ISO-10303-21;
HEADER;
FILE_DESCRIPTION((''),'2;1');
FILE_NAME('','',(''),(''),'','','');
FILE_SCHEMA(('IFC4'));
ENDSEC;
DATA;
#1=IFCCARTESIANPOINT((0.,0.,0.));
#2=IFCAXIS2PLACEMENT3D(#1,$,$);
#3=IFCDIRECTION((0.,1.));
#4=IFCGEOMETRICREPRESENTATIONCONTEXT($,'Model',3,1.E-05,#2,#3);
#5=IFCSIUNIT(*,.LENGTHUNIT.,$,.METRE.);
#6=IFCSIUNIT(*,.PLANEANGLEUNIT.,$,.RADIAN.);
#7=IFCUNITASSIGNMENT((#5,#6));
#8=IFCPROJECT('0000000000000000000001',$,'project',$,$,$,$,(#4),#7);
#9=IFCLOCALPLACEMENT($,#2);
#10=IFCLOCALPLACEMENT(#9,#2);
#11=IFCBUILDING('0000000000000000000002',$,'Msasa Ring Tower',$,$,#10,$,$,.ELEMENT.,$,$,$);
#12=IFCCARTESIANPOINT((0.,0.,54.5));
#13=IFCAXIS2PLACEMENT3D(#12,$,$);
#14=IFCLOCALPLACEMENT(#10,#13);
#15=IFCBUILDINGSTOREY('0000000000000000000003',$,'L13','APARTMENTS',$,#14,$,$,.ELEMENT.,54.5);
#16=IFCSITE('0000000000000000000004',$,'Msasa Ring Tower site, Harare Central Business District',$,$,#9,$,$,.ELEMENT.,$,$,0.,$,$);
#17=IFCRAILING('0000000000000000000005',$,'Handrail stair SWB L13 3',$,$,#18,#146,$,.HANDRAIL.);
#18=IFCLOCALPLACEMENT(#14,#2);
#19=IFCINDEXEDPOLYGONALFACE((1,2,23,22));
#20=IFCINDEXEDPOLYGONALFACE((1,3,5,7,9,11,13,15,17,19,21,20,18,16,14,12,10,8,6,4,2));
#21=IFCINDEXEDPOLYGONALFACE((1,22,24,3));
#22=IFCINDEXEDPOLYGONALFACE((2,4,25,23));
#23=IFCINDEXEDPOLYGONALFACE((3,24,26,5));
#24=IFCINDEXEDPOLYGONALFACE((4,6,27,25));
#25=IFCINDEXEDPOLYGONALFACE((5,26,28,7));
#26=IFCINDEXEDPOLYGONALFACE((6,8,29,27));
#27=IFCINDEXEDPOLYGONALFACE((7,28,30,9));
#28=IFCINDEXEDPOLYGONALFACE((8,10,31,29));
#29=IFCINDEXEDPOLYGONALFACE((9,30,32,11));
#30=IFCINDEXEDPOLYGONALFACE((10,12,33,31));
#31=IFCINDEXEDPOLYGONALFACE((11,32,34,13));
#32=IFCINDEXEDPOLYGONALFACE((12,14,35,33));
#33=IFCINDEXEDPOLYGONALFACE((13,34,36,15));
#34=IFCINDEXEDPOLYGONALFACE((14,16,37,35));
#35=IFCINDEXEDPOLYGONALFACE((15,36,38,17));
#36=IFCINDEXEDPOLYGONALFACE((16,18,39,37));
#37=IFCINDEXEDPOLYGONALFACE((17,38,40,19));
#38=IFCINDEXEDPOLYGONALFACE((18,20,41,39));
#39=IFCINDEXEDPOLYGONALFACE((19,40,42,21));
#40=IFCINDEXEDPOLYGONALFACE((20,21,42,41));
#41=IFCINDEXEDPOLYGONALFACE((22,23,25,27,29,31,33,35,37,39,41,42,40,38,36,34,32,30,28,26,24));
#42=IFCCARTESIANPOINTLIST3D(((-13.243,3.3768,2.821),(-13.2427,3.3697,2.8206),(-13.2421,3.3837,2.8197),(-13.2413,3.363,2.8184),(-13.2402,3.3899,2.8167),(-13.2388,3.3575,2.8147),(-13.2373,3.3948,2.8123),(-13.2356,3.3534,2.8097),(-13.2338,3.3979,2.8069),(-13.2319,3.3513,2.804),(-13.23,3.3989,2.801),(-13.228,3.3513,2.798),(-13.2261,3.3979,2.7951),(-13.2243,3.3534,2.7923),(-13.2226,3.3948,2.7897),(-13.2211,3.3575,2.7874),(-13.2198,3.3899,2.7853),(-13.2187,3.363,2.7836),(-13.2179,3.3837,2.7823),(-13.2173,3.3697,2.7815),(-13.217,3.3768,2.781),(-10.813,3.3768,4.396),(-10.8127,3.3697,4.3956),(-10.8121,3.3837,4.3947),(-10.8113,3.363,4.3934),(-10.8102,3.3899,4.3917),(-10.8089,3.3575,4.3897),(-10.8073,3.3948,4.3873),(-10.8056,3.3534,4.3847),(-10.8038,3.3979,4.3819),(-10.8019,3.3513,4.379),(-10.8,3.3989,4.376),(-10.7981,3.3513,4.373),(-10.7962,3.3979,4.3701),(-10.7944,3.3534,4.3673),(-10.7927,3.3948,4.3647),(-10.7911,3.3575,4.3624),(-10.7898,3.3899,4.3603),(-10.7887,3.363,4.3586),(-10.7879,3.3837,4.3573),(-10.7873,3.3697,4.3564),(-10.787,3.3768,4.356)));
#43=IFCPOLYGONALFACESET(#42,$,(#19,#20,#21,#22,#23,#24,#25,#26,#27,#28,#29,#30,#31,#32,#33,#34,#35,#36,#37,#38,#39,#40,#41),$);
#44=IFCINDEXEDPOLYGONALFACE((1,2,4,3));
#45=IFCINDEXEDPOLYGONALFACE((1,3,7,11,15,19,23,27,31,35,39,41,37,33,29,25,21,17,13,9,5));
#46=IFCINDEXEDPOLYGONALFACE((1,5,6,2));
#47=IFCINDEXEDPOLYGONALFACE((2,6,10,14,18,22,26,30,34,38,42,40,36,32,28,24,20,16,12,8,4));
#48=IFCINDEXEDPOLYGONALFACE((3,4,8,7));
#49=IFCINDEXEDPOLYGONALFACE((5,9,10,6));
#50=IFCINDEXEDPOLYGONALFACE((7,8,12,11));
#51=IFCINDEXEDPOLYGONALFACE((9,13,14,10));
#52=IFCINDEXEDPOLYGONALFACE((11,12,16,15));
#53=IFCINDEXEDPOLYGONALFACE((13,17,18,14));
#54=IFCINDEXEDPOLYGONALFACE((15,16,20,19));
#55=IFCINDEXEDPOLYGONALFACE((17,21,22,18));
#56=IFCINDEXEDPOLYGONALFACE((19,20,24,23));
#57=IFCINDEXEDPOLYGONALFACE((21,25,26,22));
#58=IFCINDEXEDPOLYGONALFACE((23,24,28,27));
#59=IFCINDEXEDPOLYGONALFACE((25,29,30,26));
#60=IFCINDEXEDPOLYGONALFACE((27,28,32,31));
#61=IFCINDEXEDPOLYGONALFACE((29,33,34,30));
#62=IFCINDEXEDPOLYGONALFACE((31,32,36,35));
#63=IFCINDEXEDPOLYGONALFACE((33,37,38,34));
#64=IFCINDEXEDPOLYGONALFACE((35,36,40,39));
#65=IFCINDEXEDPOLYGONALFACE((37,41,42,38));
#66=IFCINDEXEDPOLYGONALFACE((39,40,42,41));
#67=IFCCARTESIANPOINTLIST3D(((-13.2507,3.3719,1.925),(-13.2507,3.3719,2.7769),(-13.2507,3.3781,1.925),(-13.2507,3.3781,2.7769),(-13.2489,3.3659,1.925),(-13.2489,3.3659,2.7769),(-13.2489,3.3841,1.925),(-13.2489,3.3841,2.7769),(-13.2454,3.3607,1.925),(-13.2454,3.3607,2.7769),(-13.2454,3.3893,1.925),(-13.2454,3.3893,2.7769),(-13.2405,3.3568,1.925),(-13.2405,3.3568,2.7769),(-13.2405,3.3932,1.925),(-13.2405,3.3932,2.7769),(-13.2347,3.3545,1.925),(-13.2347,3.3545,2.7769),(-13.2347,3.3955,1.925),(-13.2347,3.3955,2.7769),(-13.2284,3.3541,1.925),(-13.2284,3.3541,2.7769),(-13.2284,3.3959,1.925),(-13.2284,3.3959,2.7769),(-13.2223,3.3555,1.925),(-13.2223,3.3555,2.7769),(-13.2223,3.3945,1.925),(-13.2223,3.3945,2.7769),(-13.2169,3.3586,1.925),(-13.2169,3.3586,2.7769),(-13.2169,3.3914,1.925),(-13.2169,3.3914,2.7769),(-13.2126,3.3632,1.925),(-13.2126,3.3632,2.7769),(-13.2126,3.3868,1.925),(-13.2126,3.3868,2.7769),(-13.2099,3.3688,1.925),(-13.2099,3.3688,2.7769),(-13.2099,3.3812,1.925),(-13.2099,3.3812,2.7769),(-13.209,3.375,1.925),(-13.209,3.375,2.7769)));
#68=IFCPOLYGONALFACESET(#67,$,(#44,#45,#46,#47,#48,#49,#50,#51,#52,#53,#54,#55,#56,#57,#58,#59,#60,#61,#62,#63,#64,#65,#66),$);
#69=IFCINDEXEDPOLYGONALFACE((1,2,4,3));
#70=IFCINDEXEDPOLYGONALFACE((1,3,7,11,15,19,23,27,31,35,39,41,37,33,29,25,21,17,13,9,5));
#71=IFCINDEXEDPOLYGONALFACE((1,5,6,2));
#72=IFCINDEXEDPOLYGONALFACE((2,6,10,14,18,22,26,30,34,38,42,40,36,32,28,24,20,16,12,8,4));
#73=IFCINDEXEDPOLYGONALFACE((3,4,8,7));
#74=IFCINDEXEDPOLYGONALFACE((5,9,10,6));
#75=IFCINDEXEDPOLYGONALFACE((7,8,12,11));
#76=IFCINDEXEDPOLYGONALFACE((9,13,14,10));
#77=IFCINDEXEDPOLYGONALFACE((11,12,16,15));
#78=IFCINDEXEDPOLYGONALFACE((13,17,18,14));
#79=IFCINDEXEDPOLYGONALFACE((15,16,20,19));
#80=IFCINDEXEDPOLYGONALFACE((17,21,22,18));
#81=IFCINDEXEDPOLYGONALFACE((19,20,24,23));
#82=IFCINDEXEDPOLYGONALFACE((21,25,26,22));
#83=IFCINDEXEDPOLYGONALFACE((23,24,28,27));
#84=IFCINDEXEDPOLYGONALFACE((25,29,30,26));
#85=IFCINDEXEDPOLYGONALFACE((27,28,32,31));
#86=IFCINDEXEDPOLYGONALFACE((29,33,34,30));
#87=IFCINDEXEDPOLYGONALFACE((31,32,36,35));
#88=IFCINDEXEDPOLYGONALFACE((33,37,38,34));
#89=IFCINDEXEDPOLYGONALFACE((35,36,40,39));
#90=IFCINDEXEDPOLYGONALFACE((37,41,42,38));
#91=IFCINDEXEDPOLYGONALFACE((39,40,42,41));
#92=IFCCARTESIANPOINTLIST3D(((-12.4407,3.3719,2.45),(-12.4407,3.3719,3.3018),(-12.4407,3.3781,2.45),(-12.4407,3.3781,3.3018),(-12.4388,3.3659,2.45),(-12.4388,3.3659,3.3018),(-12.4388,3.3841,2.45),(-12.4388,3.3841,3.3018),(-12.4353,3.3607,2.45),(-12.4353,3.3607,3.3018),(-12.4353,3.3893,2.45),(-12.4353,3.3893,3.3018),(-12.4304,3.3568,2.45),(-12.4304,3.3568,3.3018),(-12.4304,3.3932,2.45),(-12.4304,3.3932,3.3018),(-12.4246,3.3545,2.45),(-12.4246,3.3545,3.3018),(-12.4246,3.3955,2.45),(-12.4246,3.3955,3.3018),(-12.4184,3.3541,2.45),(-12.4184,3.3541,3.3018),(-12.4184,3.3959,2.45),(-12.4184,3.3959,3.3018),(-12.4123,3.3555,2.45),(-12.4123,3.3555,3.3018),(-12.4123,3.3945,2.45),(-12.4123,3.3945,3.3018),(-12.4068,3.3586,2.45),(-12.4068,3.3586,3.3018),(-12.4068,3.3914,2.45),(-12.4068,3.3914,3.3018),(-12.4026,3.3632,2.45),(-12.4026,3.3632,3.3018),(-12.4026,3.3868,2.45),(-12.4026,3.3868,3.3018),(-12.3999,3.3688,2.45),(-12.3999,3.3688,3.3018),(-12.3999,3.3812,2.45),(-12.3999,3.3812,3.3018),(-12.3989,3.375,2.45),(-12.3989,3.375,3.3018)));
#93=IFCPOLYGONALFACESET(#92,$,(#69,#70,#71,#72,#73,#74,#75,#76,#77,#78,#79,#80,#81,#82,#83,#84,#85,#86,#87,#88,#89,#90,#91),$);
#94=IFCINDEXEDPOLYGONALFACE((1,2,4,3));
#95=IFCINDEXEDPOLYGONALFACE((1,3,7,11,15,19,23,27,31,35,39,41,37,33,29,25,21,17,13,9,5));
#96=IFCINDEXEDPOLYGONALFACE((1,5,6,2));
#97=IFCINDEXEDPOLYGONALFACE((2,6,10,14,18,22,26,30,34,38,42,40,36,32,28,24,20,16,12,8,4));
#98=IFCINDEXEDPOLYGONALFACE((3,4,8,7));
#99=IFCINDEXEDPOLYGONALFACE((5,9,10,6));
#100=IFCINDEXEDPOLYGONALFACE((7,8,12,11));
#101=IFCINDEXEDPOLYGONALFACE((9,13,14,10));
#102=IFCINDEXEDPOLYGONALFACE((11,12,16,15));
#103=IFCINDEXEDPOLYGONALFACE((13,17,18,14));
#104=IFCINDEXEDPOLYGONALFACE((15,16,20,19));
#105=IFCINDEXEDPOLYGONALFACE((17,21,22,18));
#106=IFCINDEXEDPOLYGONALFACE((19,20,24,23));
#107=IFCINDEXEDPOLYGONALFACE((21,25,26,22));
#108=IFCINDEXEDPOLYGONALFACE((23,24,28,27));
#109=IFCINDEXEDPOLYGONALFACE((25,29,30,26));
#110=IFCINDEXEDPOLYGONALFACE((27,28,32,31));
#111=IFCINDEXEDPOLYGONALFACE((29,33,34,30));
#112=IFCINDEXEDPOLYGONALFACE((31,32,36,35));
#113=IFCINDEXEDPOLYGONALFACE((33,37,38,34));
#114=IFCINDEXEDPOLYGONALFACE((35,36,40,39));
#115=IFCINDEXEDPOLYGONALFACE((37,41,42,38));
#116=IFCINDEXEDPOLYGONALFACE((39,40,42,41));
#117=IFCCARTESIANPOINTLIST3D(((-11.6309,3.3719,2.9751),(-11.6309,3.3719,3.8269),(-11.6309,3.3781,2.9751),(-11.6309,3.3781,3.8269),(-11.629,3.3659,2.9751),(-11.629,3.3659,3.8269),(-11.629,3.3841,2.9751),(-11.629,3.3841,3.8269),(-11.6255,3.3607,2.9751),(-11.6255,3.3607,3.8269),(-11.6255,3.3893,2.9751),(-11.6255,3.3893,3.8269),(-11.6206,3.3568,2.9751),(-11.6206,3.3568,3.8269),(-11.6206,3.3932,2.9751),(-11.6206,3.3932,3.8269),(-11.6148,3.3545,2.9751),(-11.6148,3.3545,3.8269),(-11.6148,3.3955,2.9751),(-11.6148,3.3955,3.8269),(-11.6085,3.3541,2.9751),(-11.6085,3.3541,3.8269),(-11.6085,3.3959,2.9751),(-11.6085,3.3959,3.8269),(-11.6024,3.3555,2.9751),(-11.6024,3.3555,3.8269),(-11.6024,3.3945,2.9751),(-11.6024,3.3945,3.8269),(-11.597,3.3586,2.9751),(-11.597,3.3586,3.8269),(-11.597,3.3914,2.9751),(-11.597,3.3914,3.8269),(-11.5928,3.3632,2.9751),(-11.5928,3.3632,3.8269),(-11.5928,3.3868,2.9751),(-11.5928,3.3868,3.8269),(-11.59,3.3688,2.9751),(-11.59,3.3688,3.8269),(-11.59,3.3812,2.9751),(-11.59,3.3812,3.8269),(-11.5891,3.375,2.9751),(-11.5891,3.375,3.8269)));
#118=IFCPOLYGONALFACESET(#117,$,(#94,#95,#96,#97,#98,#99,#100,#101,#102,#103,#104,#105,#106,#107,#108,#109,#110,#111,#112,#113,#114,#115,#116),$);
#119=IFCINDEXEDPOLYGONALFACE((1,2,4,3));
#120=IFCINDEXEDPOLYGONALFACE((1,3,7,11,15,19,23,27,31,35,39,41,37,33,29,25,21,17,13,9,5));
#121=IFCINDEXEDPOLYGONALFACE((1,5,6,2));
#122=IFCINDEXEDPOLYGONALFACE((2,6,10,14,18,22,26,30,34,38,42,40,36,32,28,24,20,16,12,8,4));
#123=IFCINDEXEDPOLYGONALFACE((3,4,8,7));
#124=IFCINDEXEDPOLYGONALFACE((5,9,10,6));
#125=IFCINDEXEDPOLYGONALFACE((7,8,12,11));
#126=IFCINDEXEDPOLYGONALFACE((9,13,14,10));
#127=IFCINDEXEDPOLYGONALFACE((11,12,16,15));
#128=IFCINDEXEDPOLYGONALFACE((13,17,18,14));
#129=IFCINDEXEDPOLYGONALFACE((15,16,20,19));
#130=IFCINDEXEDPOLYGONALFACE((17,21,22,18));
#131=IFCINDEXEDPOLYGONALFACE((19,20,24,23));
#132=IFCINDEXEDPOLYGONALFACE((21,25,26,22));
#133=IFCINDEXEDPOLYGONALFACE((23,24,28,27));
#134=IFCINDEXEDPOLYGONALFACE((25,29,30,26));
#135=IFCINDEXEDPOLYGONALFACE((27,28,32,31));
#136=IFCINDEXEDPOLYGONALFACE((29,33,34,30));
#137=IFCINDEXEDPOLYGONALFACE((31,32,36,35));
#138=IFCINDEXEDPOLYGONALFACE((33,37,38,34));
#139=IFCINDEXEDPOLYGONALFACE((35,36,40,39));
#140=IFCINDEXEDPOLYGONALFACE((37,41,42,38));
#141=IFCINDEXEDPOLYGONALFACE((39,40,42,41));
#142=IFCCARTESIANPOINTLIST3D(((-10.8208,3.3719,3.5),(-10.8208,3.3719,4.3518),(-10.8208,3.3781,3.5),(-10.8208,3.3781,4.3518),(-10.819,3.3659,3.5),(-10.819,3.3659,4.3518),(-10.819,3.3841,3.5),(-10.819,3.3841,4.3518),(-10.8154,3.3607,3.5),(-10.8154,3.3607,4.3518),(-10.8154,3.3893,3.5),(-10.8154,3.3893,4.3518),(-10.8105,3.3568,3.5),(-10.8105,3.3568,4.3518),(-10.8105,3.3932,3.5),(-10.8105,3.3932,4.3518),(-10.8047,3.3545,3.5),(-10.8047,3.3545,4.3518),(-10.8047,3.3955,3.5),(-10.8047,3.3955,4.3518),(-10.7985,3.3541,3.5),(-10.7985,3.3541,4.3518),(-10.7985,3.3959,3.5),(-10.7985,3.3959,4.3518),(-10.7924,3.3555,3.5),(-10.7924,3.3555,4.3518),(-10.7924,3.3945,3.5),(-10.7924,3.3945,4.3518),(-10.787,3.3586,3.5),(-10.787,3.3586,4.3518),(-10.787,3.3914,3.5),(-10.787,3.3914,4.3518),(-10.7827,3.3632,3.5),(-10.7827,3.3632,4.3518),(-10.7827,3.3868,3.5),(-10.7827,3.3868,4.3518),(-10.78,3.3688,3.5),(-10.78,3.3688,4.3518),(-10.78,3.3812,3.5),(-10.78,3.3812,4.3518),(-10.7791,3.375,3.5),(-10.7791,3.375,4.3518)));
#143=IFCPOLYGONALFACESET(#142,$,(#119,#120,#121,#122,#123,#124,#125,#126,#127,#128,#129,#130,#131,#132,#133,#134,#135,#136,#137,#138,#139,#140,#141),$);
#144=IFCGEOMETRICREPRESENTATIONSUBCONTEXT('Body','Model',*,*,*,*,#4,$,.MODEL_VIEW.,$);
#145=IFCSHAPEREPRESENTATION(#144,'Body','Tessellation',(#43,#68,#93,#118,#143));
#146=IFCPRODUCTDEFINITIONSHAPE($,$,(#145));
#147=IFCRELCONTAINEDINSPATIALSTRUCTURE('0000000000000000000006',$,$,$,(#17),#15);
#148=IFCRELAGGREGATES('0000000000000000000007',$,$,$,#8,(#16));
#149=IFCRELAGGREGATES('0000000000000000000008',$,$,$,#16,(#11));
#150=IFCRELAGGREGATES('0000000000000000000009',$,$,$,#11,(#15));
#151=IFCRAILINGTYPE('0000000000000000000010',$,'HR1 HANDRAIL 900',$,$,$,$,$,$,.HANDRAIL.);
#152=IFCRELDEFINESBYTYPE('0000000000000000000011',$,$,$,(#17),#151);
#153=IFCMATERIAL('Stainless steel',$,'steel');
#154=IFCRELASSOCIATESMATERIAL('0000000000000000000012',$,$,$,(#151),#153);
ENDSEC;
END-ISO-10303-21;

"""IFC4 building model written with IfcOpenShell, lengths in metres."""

from ifc_helpers import new_model, si_unit, direction, frame, origin, origin_2d, place, context, subcontext, project, spatial, circle, extrude, material, type_object, element, save


model = new_model("IFC4")

# Units and contexts
model_context = context("Model", 3, precision=1e-05, world=origin(), true_north=direction((0.0, 1.0)))
body_context = subcontext(model_context, "Body", "Model", "MODEL_VIEW")
ifc_project = project(units=[si_unit("LENGTHUNIT", "METRE"), si_unit("PLANEANGLEUNIT", "RADIAN")], contexts=[model_context])

# Site, building, storey
site_placement = place(None, origin())
site = spatial("IfcSite", under=ifc_project, at=site_placement, Name="Msasa Ring Tower site, Harare Central Business District", CompositionType="ELEMENT", RefElevation=0.0)
building_placement = place(site_placement, origin())
building = spatial("IfcBuilding", under=site, at=building_placement, Name="Msasa Ring Tower", CompositionType="ELEMENT")
storey_placement = place(building_placement, frame((0.0, 0.0, 54.5)))
storey = spatial("IfcBuildingStorey", under=building, at=storey_placement, Name="L13", Description="APARTMENTS", CompositionType="ELEMENT", Elevation=54.5)

# Railing
ifc_material_1 = material(Name="Stainless steel", Category="steel")
railing_type = type_object("IfcRailingType", Name="HR1 HANDRAIL 900", PredefinedType="HANDRAIL", material=ifc_material_1)
for number, where, name in (
    (1, (-13.23, 3.375, 1.925), "Handrail stair SWB L13 3"),
):
    element("IfcRailing", number, at=place(storey_placement, frame(where)), inside=storey, type_object=railing_type, Name=name, PredefinedType="HANDRAIL", context=body_context, shape_type="SweptSolid", body=[
        extrude(circle(Radius=0.0239, at=origin_2d()), frame((0.0, 0.0, 0.876), z_axis=(0.839154, 0.0, 0.543894), x_axis=(0.0, 1.0, 0.0)), (0.0, 0.0, 1.0), 2.8958),
        extrude(circle(Radius=0.021, at=origin_2d()), origin(), (0.0, 0.0, 1.0), 0.8518),
        extrude(circle(Radius=0.021, at=origin_2d()), frame((0.8101, 0.0, 0.5249)), (0.0, 0.0, 1.0), 0.8518),
        extrude(circle(Radius=0.021, at=origin_2d()), frame((1.6199, 0.0, 1.05)), (0.0, 0.0, 1.0), 0.8518),
        extrude(circle(Radius=0.021, at=origin_2d()), frame((2.4299, 0.0, 1.575)), (0.0, 0.0, 1.0), 0.8518),
    ])

save(model, "model.ifc")
